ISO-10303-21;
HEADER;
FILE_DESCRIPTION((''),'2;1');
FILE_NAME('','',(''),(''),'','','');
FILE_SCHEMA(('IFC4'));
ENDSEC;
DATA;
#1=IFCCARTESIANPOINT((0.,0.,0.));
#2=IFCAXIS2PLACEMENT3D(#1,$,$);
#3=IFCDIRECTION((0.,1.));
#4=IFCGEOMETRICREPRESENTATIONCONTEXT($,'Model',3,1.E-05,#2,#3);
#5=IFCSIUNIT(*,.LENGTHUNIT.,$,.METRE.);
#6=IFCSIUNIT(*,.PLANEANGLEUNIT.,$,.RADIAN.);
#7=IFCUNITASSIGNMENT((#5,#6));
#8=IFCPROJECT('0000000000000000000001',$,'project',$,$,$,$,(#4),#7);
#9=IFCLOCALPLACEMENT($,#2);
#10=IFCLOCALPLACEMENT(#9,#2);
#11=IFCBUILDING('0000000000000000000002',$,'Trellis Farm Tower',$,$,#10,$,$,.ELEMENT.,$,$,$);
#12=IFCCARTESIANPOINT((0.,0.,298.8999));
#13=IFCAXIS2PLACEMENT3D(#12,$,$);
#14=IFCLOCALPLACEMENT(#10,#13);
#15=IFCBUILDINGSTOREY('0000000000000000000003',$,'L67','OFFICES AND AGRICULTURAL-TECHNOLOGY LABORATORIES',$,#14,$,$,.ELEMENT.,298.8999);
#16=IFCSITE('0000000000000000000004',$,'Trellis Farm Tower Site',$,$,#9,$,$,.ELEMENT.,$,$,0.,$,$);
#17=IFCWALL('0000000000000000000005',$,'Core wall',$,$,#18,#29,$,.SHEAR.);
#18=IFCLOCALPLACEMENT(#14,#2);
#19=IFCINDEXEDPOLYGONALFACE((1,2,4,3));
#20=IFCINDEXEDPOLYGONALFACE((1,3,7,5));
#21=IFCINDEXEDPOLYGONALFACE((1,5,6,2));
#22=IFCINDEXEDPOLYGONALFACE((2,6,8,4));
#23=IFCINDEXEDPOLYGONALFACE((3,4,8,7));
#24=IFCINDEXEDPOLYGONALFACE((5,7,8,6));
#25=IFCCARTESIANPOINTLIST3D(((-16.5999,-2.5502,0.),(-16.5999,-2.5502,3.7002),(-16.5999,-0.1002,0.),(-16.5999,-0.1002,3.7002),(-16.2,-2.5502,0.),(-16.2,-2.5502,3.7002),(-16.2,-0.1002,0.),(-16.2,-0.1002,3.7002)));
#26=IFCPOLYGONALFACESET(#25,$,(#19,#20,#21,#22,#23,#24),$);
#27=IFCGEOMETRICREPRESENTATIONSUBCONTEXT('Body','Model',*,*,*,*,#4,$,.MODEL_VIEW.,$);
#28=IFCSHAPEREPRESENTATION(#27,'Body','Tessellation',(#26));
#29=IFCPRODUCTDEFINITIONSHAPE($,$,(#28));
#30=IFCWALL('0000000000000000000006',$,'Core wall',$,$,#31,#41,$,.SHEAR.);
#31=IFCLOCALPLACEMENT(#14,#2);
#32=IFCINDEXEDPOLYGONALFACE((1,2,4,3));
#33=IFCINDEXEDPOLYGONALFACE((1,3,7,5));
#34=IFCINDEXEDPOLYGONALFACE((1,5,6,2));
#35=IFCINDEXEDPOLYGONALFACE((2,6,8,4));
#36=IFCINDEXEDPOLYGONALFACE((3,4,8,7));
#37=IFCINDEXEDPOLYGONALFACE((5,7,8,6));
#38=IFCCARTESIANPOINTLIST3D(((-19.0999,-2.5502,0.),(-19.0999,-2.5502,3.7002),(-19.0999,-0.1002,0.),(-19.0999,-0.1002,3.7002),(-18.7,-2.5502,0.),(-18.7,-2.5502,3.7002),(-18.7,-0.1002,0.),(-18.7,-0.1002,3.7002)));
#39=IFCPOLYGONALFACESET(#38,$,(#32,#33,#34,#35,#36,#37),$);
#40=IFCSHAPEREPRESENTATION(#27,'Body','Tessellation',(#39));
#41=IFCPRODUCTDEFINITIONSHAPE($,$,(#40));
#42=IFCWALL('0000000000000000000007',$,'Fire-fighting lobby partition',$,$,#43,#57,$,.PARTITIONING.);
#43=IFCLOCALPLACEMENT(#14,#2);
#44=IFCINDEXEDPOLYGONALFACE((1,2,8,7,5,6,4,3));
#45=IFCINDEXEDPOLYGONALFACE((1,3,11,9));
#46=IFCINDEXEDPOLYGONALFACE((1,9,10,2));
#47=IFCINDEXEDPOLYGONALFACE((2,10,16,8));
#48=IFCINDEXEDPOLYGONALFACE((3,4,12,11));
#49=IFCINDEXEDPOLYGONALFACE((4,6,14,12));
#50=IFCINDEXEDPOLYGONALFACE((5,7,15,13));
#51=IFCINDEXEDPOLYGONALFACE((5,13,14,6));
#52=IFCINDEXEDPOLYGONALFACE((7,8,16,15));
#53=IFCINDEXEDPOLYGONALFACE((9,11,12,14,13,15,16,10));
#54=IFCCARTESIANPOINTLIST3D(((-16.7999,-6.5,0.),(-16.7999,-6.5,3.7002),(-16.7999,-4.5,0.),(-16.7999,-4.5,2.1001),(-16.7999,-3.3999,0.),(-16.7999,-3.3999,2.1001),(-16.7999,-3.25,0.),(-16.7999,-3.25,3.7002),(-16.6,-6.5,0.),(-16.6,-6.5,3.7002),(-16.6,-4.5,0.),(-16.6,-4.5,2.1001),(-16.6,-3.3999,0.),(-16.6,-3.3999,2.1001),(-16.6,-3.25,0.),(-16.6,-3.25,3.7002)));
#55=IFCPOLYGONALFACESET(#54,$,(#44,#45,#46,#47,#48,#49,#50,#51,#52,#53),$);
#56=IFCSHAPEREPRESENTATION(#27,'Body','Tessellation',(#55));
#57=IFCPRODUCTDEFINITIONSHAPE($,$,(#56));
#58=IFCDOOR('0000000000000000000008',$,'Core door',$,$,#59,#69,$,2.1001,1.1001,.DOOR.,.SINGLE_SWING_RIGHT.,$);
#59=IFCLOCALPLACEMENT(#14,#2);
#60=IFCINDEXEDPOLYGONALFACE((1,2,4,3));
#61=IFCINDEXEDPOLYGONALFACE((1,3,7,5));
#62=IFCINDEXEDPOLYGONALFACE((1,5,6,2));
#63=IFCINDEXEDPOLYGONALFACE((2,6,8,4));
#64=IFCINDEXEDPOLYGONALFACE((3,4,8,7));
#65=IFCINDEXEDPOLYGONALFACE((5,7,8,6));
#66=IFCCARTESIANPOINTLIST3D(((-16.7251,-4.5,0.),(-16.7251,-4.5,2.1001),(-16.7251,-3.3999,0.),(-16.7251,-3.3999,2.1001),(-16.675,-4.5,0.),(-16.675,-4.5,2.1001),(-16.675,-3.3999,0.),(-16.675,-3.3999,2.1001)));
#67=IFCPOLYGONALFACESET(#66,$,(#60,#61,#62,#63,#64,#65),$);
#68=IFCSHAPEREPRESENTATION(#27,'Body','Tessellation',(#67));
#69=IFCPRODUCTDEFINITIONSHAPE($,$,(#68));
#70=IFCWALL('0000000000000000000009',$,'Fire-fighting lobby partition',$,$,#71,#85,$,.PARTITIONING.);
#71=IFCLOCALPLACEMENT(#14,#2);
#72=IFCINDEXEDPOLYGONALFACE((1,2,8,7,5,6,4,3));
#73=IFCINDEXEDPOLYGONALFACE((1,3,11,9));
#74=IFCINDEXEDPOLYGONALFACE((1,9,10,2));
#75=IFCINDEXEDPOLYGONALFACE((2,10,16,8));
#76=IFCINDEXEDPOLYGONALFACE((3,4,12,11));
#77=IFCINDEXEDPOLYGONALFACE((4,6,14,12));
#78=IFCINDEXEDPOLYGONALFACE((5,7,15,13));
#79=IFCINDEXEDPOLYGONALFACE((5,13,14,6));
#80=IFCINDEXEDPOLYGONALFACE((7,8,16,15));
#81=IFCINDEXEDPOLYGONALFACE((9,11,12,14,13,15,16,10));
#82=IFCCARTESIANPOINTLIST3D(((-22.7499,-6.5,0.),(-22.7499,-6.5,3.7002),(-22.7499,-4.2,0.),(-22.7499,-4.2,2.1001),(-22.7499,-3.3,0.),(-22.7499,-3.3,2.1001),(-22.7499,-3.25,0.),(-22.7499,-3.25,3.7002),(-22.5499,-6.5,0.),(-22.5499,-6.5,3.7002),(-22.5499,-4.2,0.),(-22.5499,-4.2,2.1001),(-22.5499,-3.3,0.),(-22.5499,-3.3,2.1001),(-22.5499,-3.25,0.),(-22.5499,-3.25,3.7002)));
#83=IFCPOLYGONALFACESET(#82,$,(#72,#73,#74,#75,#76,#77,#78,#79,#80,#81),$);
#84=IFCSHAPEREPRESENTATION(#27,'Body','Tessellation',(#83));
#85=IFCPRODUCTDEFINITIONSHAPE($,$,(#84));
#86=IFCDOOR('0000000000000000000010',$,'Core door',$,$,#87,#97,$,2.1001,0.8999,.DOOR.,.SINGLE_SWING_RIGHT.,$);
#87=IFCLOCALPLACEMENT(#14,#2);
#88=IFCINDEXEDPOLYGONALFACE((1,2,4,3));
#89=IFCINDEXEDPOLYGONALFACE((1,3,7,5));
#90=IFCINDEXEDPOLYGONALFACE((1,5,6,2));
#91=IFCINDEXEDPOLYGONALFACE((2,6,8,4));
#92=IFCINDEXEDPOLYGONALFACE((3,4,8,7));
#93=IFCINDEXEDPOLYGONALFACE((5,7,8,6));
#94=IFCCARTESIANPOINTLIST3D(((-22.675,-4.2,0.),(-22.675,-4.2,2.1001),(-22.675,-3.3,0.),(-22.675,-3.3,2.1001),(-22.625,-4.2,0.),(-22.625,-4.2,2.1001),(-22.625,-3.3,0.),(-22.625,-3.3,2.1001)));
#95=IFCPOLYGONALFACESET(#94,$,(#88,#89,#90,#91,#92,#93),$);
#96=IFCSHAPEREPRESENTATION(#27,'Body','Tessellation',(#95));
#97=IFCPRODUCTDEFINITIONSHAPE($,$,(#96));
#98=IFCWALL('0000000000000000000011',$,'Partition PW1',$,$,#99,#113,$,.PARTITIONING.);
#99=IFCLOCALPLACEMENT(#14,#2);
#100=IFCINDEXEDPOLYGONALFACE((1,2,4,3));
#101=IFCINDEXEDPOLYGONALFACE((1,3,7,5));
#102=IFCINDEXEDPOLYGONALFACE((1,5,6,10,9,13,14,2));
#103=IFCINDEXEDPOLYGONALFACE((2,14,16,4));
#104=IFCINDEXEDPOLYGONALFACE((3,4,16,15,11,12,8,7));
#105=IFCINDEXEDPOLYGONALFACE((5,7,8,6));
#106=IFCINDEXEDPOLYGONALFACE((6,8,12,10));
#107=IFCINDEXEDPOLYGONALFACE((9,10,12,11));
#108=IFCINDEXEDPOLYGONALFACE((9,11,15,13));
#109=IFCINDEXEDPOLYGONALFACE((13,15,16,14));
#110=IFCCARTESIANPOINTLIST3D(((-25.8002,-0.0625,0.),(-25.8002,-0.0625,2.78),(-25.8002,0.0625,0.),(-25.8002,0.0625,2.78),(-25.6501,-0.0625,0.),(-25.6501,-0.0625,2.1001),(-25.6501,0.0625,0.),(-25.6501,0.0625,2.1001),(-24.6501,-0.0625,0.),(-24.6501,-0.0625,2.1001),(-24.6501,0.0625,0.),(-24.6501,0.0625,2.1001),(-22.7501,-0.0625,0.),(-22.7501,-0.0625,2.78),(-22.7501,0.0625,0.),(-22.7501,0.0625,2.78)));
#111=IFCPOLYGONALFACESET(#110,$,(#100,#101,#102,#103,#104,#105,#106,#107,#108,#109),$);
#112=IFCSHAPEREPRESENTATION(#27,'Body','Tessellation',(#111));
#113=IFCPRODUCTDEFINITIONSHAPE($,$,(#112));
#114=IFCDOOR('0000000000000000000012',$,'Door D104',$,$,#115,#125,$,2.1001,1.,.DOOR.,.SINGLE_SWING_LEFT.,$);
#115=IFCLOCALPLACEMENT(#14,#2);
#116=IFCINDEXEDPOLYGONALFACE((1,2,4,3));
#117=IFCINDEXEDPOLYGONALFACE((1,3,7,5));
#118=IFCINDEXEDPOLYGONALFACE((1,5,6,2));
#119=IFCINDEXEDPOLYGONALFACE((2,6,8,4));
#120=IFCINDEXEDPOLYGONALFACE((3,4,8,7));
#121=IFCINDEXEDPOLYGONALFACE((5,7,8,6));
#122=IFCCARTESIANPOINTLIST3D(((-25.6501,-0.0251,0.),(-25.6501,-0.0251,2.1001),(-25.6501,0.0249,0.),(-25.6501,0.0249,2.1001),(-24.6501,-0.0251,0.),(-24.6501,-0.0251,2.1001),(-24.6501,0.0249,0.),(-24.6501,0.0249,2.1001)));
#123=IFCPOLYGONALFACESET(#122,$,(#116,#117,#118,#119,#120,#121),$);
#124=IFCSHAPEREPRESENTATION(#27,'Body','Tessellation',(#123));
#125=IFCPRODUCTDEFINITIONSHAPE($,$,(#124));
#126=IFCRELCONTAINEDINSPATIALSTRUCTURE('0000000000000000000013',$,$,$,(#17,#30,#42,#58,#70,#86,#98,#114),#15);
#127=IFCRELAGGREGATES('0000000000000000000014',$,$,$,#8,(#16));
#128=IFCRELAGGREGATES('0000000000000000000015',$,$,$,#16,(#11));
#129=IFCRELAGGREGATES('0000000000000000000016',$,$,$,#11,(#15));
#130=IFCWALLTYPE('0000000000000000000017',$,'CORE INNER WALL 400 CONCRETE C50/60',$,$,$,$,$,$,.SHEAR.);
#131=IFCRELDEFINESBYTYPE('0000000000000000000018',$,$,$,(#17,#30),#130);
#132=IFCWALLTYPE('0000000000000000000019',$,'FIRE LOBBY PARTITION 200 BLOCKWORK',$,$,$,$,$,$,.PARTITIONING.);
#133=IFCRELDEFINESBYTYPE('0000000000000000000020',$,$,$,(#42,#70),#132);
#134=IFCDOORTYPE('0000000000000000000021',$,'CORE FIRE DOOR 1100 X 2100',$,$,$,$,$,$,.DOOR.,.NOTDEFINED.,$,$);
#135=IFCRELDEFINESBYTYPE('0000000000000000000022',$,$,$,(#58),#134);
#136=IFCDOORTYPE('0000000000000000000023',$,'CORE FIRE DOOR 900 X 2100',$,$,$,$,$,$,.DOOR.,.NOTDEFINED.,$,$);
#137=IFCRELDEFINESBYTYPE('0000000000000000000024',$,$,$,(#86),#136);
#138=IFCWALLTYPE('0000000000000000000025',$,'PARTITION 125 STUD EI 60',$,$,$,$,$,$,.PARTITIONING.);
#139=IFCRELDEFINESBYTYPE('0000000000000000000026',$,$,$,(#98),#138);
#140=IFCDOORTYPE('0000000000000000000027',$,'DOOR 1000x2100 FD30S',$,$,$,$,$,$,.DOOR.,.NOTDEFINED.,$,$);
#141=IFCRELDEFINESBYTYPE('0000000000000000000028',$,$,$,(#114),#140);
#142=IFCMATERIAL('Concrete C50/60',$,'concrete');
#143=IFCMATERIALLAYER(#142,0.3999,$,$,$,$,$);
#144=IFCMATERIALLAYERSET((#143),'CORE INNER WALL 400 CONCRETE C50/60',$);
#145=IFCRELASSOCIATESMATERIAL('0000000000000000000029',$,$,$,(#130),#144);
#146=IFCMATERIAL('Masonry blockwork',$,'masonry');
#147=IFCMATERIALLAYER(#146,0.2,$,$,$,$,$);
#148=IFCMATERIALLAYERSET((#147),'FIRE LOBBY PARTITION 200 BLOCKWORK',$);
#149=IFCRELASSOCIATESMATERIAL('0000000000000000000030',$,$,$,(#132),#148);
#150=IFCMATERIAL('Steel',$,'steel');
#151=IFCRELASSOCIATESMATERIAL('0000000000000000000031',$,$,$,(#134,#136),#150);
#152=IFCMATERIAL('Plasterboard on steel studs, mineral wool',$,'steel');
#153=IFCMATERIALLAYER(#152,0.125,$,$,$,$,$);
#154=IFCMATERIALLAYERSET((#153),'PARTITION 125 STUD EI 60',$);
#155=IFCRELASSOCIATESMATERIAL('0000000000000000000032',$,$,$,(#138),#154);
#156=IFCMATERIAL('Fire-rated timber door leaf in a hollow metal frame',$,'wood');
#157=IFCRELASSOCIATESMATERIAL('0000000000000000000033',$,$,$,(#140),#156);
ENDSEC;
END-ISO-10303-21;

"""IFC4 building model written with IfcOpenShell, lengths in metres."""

from ifc_helpers import new_model, si_unit, direction, frame, frame_2d, origin, place, context, subcontext, project, spatial, rectangle, extrude, source, transform, mapped, material, layer, layer_set, type_object, element, fill, save


model = new_model("IFC4")

# Units and contexts
model_context = context("Model", 3, precision=1e-05, world=origin(), true_north=direction((0.0, 1.0)))
body_context = subcontext(model_context, "Body", "Model", "MODEL_VIEW")
ifc_project = project(units=[si_unit("LENGTHUNIT", "METRE"), si_unit("PLANEANGLEUNIT", "RADIAN")], contexts=[model_context])

# Site, building, storey
site_placement = place(None, origin())
site = spatial("IfcSite", under=ifc_project, at=site_placement, Name="Trellis Farm Tower Site", CompositionType="ELEMENT", RefElevation=0.0)
building_placement = place(site_placement, origin())
building = spatial("IfcBuilding", under=site, at=building_placement, Name="Trellis Farm Tower", CompositionType="ELEMENT")
storey_placement = place(building_placement, frame((0.0, 0.0, 298.8999)))
storey = spatial("IfcBuildingStorey", under=building, at=storey_placement, Name="L67", Description="OFFICES AND AGRICULTURAL-TECHNOLOGY LABORATORIES", CompositionType="ELEMENT", Elevation=298.8999)

# Walls
ifc_material_1 = material(Name="Concrete C50/60", Category="concrete")
ifc_layer_1 = layer(ifc_material_1, 0.3999)
ifc_layer_set_1 = layer_set([ifc_layer_1], Name="CORE INNER WALL 400 CONCRETE C50/60")
wall_type_1 = type_object("IfcWallType", Name="CORE INNER WALL 400 CONCRETE C50/60", PredefinedType="SHEAR", material=ifc_layer_set_1)
shared_shape_1 = source(origin(), body_context, "Body", "SweptSolid", [
    extrude(rectangle(XDim=2.45, YDim=0.3999, at=frame_2d((1.2251, 0.0))), origin(), (0.0, 0.0, 1.0), 3.7002),
])
for number, where, z_axis, x_axis, name in (
    (1, (-16.3999, -0.1001, 0.0), (0.0, 0.0, 1.0), (0.0, -1.0, 0.0), "Core wall"),
    (2, (-18.8999, -0.1001, 0.0), (0.0, 0.0, 1.0), (0.0, -1.0, 0.0), "Core wall"),
):
    element("IfcWall", number, at=place(storey_placement, frame(where, z_axis=z_axis, x_axis=x_axis)), inside=storey, type_object=wall_type_1, Name=name, PredefinedType="SHEAR", context=body_context, shape_type="MappedRepresentation", body=[
        mapped(shared_shape_1, transform((0.0, 0.0, 0.0))),
    ])

# Walls, openings, doors
ifc_material_2 = material(Name="Masonry blockwork", Category="masonry")
ifc_layer_2 = layer(ifc_material_2, 0.2)
ifc_layer_set_2 = layer_set([ifc_layer_2], Name="FIRE LOBBY PARTITION 200 BLOCKWORK")
wall_type_2 = type_object("IfcWallType", Name="FIRE LOBBY PARTITION 200 BLOCKWORK", PredefinedType="PARTITIONING", material=ifc_layer_set_2)
shared_shape_2 = source(origin(), body_context, "Body", "SweptSolid", [
    extrude(rectangle(XDim=3.25, YDim=0.2, at=frame_2d((1.625, 0.0))), origin(), (0.0, 0.0, 1.0), 3.7002),
])
wall_1_placement = place(storey_placement, frame((-16.7, -3.25, 0.0), z_axis=(0.0, 0.0, 1.0), x_axis=(0.0, -1.0, 0.0)))
wall_1 = element("IfcWall", 3, at=wall_1_placement, inside=storey, type_object=wall_type_2, Name="Fire-fighting lobby partition", PredefinedType="PARTITIONING", context=body_context, shape_type="MappedRepresentation", body=[
    mapped(shared_shape_2, transform((0.0, 0.0, 0.0))),
])
shared_shape_3 = source(origin(), body_context, "Body", "SweptSolid", [
    extrude(rectangle(XDim=1.1001, YDim=2.1001, at=frame_2d((0.55, 1.05))), frame((0.0, 0.1101, 0.0), z_axis=(0.0, -1.0, 0.0), x_axis=(1.0, 0.0, 0.0)), (0.0, 0.0, 1.0), 0.2202),
])
opening_1_placement = place(wall_1_placement, frame((0.1499, 0.0, 0.0)))
opening_1 = element("IfcOpeningElement", 4, at=opening_1_placement, cuts=wall_1, PredefinedType="OPENING", context=body_context, shape_type="MappedRepresentation", body=[
    mapped(shared_shape_3, transform((0.0, 0.0, 0.0))),
])
ifc_material_3 = material(Name="Steel", Category="steel")
door_type_1 = type_object("IfcDoorType", Name="CORE FIRE DOOR 1100 X 2100", OperationType="NOTDEFINED", PredefinedType="DOOR", material=ifc_material_3)
shared_shape_4 = source(origin(), body_context, "Body", "SweptSolid", [
    extrude(rectangle(XDim=1.1001, YDim=2.1001, at=frame_2d((0.55, 1.05))), frame((0.0, 0.0249, 0.0), z_axis=(0.0, -1.0, 0.0), x_axis=(1.0, 0.0, 0.0)), (0.0, 0.0, 1.0), 0.05),
])
door_1_placement = place(opening_1_placement, origin())
door_1 = element("IfcDoor", 5, at=door_1_placement, inside=storey, type_object=door_type_1, Name="Core door", OperationType="SINGLE_SWING_RIGHT", OverallHeight=2.1001, OverallWidth=1.1001, PredefinedType="DOOR", context=body_context, shape_type="MappedRepresentation", body=[
    mapped(shared_shape_4, transform((0.0, 0.0, 0.0))),
])
fill(opening_1, door_1)
wall_2_placement = place(storey_placement, frame((-22.6499, -3.25, 0.0), z_axis=(0.0, 0.0, 1.0), x_axis=(0.0, -1.0, 0.0)))
wall_2 = element("IfcWall", 6, at=wall_2_placement, inside=storey, type_object=wall_type_2, Name="Fire-fighting lobby partition", PredefinedType="PARTITIONING", context=body_context, shape_type="MappedRepresentation", body=[
    mapped(shared_shape_2, transform((0.0, 0.0, 0.0))),
])
shared_shape_5 = source(origin(), body_context, "Body", "SweptSolid", [
    extrude(rectangle(XDim=0.8999, YDim=2.1001, at=frame_2d((0.45, 1.05))), frame((0.0, 0.1101, 0.0), z_axis=(0.0, -1.0, 0.0), x_axis=(1.0, 0.0, 0.0)), (0.0, 0.0, 1.0), 0.2202),
])
opening_2_placement = place(wall_2_placement, frame((0.05, 0.0, 0.0)))
opening_2 = element("IfcOpeningElement", 7, at=opening_2_placement, cuts=wall_2, PredefinedType="OPENING", context=body_context, shape_type="MappedRepresentation", body=[
    mapped(shared_shape_5, transform((0.0, 0.0, 0.0))),
])
door_type_2 = type_object("IfcDoorType", Name="CORE FIRE DOOR 900 X 2100", OperationType="NOTDEFINED", PredefinedType="DOOR", material=ifc_material_3)
shared_shape_6 = source(origin(), body_context, "Body", "SweptSolid", [
    extrude(rectangle(XDim=0.8999, YDim=2.1001, at=frame_2d((0.45, 1.05))), frame((0.0, 0.0249, 0.0), z_axis=(0.0, -1.0, 0.0), x_axis=(1.0, 0.0, 0.0)), (0.0, 0.0, 1.0), 0.05),
])
door_2_placement = place(opening_2_placement, origin())
door_2 = element("IfcDoor", 8, at=door_2_placement, inside=storey, type_object=door_type_2, Name="Core door", OperationType="SINGLE_SWING_RIGHT", OverallHeight=2.1001, OverallWidth=0.8999, PredefinedType="DOOR", context=body_context, shape_type="MappedRepresentation", body=[
    mapped(shared_shape_6, transform((0.0, 0.0, 0.0))),
])
fill(opening_2, door_2)
ifc_material_4 = material(Name="Plasterboard on steel studs, mineral wool", Category="steel")
ifc_layer_3 = layer(ifc_material_4, 0.125)
ifc_layer_set_3 = layer_set([ifc_layer_3], Name="PARTITION 125 STUD EI 60")
wall_type_3 = type_object("IfcWallType", Name="PARTITION 125 STUD EI 60", PredefinedType="PARTITIONING", material=ifc_layer_set_3)
shared_shape_7 = source(origin(), body_context, "Body", "SweptSolid", [
    extrude(rectangle(XDim=3.05, YDim=0.125, at=frame_2d((1.5249, 0.0))), origin(), (0.0, 0.0, 1.0), 2.78),
])
wall_3_placement = place(storey_placement, frame((-25.8, 0.0, 0.0), z_axis=(0.0, 0.0, 1.0), x_axis=(1.0, 0.0, 0.0)))
wall_3 = element("IfcWall", 9, at=wall_3_placement, inside=storey, type_object=wall_type_3, Name="Partition PW1", PredefinedType="PARTITIONING", context=body_context, shape_type="MappedRepresentation", body=[
    mapped(shared_shape_7, transform((0.0, 0.0, 0.0))),
])
shared_shape_8 = source(origin(), body_context, "Body", "SweptSolid", [
    extrude(rectangle(XDim=1.0, YDim=2.1001, at=frame_2d((0.5, 1.05))), frame((0.0, 0.0725, 0.0), z_axis=(0.0, -1.0, 0.0), x_axis=(1.0, 0.0, 0.0)), (0.0, 0.0, 1.0), 0.145),
])
opening_3_placement = place(wall_3_placement, frame((0.1499, 0.0, 0.0)))
opening_3 = element("IfcOpeningElement", 10, at=opening_3_placement, cuts=wall_3, PredefinedType="OPENING", context=body_context, shape_type="MappedRepresentation", body=[
    mapped(shared_shape_8, transform((0.0, 0.0, 0.0))),
])
ifc_material_5 = material(Name="Fire-rated timber door leaf in a hollow metal frame", Category="wood")
door_type_3 = type_object("IfcDoorType", Name="DOOR 1000x2100 FD30S", OperationType="NOTDEFINED", PredefinedType="DOOR", material=ifc_material_5)
shared_shape_9 = source(origin(), body_context, "Body", "SweptSolid", [
    extrude(rectangle(XDim=1.0, YDim=2.1001, at=frame_2d((0.5, 1.05))), frame((0.0, 0.0249, 0.0), z_axis=(0.0, -1.0, 0.0), x_axis=(1.0, 0.0, 0.0)), (0.0, 0.0, 1.0), 0.05),
])
door_3_placement = place(opening_3_placement, origin())
door_3 = element("IfcDoor", 11, at=door_3_placement, inside=storey, type_object=door_type_3, Name="Door D104", OperationType="SINGLE_SWING_LEFT", OverallHeight=2.1001, OverallWidth=1.0, PredefinedType="DOOR", context=body_context, shape_type="MappedRepresentation", body=[
    mapped(shared_shape_9, transform((0.0, 0.0, 0.0))),
])
fill(opening_3, door_3)

save(model, "model.ifc")
